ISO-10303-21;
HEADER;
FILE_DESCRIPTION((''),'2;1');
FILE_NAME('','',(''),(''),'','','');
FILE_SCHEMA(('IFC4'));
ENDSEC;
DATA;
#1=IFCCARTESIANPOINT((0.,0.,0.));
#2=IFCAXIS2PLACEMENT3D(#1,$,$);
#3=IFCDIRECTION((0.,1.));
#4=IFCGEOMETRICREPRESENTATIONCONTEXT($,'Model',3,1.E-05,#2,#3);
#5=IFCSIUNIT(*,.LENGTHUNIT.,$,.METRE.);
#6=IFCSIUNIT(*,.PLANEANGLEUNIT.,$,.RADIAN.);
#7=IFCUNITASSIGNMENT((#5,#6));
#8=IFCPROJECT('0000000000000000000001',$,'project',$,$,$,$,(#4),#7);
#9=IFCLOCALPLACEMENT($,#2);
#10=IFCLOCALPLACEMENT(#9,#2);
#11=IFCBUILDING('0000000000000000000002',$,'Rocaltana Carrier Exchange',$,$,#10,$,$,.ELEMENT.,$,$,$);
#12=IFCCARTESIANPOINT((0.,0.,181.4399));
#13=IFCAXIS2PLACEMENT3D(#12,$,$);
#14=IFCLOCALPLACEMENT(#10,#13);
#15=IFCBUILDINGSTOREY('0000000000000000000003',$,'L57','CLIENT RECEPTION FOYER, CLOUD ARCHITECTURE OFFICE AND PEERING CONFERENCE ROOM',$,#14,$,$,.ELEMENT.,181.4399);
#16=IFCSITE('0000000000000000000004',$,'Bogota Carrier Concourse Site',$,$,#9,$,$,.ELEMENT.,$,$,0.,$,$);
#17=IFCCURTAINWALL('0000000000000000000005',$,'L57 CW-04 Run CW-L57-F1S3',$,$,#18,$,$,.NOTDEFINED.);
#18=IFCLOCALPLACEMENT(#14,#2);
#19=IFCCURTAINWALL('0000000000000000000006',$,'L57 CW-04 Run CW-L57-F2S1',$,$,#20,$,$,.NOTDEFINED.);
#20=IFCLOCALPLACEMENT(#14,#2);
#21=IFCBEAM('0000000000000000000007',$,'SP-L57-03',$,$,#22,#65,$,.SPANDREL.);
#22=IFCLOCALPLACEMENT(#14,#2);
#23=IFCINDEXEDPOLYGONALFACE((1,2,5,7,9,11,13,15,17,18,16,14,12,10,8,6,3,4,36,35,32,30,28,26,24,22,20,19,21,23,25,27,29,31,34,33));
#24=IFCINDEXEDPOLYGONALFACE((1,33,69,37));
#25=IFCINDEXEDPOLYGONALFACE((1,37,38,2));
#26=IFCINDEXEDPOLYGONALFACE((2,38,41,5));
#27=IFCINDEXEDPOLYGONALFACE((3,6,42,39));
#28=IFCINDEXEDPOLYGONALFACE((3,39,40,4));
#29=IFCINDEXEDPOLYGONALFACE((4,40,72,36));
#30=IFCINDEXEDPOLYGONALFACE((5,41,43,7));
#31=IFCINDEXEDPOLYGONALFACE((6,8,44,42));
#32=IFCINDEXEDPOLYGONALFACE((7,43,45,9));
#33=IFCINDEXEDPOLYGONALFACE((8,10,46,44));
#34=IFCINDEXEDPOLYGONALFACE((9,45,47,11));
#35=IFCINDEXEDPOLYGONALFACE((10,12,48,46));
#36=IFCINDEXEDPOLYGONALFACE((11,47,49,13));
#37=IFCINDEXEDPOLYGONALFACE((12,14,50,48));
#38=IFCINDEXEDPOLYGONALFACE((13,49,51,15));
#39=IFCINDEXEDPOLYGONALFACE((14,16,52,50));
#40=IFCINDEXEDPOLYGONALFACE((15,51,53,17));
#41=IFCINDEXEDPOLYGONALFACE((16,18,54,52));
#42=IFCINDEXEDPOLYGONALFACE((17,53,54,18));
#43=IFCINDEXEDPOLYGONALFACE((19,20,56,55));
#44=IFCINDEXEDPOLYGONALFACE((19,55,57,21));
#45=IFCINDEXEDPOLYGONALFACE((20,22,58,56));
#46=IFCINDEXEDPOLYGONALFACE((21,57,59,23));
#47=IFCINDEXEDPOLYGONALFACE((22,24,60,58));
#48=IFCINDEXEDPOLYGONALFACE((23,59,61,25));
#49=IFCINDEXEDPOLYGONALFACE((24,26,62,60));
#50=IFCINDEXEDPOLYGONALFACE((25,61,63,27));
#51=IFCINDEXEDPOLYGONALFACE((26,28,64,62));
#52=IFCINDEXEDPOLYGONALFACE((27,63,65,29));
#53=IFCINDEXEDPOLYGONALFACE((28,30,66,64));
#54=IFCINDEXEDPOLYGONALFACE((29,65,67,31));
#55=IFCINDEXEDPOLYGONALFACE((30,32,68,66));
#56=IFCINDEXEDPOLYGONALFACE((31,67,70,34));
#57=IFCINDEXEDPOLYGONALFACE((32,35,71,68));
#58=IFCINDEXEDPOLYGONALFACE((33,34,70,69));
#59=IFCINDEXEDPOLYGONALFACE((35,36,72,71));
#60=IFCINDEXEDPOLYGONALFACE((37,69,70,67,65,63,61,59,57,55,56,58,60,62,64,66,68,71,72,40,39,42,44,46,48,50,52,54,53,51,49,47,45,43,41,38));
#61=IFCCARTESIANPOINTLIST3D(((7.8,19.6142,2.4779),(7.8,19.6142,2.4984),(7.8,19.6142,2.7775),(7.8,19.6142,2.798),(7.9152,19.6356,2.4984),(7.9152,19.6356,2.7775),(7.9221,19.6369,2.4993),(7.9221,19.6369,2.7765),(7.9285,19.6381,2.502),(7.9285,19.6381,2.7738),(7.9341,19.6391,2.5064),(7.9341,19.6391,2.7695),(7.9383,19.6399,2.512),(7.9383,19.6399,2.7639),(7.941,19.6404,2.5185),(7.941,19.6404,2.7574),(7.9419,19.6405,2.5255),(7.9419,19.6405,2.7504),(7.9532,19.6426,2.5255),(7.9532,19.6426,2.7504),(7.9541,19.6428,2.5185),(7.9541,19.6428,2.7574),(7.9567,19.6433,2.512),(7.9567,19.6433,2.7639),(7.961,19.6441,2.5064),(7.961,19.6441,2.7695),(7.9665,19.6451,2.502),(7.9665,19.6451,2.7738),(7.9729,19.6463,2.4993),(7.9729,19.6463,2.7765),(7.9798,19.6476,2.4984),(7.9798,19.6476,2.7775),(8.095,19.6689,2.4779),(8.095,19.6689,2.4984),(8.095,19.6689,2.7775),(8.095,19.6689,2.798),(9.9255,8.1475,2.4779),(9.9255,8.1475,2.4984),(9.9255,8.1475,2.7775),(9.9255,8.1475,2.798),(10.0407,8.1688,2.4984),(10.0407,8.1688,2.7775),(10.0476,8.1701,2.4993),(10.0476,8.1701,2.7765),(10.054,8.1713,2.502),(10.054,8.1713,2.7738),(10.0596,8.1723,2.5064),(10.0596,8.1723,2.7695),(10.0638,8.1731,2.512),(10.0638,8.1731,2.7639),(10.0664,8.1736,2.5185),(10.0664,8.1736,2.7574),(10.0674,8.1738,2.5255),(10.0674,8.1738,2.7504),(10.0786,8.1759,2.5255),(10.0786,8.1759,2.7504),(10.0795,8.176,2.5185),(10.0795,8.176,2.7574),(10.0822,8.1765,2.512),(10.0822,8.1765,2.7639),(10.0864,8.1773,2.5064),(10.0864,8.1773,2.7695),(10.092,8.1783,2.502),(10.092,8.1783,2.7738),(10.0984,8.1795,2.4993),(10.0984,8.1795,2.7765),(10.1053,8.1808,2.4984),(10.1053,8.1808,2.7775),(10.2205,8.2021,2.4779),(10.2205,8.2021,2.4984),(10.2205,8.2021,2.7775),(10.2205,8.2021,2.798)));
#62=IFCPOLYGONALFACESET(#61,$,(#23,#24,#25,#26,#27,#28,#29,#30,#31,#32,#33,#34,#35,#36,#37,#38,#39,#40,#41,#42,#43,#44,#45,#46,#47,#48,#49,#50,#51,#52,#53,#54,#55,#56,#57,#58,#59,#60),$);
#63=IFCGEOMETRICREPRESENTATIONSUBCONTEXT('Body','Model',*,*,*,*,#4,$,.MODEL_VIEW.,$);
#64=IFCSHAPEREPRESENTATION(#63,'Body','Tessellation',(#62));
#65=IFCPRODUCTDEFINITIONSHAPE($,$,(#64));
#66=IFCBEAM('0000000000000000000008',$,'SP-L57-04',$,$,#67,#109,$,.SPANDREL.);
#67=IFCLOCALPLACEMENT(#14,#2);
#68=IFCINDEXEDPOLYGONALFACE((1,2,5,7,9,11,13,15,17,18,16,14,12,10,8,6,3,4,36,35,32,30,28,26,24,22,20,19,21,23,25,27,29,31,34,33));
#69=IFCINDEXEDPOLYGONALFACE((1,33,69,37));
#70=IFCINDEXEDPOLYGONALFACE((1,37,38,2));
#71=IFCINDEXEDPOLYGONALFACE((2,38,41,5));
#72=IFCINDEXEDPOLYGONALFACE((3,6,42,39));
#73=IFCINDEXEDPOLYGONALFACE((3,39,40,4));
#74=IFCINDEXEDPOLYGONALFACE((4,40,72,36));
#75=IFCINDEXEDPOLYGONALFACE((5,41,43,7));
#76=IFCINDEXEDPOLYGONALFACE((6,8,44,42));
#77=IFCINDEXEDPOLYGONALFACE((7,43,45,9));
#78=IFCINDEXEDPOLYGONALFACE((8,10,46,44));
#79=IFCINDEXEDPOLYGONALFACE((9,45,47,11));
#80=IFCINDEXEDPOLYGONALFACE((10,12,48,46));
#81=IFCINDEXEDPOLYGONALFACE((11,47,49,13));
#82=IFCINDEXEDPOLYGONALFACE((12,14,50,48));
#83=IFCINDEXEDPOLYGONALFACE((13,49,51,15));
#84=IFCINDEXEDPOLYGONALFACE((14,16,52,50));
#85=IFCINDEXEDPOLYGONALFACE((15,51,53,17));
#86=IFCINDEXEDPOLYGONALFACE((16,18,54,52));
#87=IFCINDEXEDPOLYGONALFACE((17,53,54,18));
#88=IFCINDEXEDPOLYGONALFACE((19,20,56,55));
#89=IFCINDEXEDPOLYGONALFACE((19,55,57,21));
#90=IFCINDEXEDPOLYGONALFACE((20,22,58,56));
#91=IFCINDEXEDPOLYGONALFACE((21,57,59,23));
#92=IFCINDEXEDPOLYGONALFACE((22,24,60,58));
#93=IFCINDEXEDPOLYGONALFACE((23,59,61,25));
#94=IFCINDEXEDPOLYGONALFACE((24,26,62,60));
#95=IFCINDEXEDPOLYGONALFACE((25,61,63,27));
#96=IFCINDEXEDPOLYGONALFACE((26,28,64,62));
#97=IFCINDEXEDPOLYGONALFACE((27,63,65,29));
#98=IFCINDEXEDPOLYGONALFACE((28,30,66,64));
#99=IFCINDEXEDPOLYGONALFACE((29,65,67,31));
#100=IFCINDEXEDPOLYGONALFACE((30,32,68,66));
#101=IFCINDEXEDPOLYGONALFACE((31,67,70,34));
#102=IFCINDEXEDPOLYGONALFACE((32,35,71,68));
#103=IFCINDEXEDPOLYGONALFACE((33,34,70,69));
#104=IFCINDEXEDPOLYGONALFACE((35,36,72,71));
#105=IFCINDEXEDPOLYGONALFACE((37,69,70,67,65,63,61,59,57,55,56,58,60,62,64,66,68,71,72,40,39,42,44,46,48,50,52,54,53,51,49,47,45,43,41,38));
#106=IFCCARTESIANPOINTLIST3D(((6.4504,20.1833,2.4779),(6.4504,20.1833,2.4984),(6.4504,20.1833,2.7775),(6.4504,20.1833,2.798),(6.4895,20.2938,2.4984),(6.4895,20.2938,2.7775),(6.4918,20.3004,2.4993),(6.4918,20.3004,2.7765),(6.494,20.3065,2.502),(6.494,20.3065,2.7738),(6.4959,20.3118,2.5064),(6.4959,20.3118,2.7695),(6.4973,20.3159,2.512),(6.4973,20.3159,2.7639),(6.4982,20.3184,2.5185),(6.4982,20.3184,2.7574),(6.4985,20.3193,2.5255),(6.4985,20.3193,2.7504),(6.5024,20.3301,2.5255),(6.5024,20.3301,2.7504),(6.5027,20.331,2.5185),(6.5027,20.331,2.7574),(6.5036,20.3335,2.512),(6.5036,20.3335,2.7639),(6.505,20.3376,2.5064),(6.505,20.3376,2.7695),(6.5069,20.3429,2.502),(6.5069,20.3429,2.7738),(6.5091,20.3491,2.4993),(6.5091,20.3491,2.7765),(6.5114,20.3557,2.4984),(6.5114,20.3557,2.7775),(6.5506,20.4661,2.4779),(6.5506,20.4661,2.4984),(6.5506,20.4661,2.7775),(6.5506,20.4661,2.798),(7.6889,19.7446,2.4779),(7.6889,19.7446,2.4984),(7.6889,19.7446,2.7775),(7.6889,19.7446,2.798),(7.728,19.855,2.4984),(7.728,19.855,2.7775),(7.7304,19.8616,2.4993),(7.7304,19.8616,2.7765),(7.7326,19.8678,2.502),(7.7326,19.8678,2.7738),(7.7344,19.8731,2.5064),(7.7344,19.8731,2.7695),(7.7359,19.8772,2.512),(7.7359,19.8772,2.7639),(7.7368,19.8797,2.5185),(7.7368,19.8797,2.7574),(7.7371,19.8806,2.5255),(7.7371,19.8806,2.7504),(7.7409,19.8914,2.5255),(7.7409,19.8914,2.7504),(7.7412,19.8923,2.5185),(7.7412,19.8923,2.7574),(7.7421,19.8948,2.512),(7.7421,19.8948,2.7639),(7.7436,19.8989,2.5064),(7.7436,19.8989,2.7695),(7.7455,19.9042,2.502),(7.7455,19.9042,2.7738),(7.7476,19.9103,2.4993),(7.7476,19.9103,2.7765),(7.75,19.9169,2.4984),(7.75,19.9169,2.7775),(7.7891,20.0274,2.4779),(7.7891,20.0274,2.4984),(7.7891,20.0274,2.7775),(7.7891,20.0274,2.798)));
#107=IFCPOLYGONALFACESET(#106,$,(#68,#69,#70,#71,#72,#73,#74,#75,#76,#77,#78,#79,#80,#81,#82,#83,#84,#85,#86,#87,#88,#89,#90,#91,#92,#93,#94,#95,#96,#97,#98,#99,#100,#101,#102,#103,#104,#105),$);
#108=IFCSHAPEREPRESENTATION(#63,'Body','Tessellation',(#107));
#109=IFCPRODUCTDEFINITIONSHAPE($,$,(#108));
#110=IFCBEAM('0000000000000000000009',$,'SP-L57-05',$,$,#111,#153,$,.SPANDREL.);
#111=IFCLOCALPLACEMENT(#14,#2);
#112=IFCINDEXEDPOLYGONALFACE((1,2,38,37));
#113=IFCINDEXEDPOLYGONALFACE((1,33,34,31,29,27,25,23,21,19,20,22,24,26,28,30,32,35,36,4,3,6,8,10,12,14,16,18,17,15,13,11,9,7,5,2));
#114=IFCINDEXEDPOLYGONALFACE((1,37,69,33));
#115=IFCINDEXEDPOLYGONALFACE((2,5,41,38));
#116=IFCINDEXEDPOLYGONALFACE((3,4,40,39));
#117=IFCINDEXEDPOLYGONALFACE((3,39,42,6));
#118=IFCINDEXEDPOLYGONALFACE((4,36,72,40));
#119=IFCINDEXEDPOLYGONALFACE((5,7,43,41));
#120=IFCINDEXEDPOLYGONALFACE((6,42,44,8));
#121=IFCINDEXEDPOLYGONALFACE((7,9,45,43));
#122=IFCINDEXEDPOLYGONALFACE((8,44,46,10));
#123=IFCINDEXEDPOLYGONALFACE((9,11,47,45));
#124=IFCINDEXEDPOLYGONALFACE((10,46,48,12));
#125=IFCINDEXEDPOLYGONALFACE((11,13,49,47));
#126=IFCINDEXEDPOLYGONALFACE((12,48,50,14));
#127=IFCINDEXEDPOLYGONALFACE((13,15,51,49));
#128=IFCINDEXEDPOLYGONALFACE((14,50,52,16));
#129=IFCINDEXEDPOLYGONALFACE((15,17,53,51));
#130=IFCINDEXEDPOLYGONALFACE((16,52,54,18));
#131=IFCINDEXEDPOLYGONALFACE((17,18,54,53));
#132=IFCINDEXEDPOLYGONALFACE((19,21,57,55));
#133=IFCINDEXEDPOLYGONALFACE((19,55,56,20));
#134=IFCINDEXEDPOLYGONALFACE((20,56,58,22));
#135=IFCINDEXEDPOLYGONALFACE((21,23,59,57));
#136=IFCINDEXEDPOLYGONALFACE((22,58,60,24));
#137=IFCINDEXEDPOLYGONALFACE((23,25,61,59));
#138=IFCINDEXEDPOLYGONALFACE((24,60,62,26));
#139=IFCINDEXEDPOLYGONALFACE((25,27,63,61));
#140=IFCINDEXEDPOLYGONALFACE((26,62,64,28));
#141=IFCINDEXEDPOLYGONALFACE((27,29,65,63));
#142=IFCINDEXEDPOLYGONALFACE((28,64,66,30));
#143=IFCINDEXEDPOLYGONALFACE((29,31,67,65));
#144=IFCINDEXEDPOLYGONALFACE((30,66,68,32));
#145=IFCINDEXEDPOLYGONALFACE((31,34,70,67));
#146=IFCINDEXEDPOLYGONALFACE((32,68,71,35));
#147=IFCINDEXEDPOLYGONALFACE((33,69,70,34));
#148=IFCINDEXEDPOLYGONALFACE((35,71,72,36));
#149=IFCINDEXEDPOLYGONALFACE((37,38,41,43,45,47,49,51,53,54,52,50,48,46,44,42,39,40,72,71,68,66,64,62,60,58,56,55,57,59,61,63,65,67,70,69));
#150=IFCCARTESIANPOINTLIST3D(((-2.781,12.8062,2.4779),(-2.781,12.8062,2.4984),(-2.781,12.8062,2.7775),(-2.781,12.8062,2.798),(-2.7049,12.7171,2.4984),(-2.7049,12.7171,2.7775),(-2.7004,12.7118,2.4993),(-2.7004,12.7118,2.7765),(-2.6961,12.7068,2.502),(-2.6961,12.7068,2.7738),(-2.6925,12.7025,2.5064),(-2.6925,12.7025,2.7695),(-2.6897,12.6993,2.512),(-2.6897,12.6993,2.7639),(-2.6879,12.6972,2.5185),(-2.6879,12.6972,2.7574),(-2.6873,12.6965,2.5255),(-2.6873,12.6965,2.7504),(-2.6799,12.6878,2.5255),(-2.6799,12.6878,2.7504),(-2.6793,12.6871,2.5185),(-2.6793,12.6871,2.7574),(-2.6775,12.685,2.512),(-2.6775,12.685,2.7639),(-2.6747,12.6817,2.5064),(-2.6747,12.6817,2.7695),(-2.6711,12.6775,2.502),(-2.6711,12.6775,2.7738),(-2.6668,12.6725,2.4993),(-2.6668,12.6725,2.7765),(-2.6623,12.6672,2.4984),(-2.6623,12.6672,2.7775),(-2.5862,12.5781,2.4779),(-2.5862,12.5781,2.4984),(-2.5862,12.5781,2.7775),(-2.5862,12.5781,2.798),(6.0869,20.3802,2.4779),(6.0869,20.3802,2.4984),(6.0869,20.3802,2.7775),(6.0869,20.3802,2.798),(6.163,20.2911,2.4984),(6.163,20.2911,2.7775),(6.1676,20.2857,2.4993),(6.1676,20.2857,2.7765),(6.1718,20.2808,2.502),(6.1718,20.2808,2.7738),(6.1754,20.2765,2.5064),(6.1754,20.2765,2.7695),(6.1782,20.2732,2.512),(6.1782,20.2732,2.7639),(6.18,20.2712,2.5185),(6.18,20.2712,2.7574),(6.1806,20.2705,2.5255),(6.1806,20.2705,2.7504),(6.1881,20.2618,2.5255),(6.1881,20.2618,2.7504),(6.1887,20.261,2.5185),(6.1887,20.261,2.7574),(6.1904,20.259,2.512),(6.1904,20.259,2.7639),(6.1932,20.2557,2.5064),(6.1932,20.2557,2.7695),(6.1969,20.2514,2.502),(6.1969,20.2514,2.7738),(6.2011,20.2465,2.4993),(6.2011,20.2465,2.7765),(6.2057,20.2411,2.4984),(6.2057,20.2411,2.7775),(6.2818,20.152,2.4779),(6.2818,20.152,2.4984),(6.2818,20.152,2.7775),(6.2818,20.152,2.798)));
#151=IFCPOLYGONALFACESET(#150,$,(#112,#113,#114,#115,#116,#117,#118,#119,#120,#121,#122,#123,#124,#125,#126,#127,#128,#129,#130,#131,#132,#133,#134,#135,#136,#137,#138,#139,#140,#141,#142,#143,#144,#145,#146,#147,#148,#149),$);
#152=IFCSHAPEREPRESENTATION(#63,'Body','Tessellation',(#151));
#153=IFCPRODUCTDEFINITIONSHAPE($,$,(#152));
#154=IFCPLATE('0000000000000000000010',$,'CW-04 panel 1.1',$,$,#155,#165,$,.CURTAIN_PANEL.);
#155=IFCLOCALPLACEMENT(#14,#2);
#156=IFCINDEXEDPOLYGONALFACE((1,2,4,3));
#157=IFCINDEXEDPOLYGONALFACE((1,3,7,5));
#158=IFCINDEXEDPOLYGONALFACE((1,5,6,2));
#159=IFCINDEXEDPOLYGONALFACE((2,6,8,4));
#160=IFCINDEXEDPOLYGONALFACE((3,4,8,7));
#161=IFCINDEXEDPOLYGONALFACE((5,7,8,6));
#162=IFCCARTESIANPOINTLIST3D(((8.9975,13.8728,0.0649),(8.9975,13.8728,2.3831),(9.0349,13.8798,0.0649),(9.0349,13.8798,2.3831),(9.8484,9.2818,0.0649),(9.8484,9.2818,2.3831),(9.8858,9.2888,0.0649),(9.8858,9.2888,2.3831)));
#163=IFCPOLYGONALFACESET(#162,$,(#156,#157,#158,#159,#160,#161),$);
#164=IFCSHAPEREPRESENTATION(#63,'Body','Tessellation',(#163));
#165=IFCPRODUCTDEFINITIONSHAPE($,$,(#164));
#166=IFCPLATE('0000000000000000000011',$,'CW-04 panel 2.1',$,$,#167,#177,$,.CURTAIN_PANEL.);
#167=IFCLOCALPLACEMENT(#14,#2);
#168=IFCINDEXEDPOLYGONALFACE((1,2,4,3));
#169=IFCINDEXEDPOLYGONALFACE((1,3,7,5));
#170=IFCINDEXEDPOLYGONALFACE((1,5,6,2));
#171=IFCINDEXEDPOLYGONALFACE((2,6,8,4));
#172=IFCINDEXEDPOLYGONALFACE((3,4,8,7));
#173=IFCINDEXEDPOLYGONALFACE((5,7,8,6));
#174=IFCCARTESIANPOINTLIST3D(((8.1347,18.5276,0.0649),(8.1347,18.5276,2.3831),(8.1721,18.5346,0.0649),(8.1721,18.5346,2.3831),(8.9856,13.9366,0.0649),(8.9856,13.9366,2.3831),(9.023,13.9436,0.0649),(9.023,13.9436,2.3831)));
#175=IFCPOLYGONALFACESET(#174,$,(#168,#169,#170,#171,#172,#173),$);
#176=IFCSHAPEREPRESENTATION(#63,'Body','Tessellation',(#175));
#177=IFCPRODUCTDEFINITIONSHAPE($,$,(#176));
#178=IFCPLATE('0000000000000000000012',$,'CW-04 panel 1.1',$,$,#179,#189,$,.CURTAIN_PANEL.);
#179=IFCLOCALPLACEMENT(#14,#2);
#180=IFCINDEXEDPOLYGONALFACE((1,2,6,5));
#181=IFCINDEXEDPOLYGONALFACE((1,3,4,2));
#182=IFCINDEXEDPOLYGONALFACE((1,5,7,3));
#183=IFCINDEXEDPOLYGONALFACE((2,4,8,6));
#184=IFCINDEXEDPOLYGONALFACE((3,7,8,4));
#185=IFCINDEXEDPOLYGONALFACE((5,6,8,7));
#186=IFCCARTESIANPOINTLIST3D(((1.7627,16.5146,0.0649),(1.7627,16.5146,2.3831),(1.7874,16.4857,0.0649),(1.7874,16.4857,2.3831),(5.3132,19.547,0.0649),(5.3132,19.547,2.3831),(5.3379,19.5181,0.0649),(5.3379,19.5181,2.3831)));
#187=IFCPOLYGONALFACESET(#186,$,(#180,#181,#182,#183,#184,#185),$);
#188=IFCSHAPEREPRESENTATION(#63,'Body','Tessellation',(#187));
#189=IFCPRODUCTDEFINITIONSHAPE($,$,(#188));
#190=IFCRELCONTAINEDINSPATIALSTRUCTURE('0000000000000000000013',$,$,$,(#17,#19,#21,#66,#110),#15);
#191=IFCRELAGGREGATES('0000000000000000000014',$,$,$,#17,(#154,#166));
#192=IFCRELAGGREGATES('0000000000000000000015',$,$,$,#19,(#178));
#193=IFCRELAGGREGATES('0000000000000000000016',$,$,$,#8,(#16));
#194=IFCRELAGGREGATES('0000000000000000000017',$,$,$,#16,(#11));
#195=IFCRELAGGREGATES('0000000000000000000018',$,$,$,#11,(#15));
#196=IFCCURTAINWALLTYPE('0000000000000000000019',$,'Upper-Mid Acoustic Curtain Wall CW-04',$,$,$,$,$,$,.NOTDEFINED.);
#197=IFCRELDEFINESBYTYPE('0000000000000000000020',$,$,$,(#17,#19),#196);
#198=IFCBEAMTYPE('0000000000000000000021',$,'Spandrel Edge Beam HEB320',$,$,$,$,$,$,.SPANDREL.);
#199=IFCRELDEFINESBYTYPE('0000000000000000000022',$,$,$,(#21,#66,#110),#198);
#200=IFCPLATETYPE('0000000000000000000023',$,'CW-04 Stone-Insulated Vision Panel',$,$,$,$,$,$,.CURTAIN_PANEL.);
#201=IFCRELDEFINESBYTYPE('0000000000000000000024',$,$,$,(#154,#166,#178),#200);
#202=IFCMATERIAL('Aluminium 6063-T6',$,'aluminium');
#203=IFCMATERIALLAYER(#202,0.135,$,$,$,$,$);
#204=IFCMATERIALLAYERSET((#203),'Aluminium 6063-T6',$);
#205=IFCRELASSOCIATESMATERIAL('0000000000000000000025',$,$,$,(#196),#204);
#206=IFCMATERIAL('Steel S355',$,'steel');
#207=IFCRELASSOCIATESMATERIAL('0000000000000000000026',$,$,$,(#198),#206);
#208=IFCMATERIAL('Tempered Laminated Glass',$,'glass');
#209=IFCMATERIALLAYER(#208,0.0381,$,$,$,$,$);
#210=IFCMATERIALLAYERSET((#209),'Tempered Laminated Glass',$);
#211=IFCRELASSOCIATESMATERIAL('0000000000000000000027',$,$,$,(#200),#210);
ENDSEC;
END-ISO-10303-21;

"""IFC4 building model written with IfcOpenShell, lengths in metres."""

from ifc_helpers import new_model, si_unit, direction, frame, origin, origin_2d, place, context, subcontext, project, spatial, rectangle, i_section, extrude, material, layer, layer_set, material_profile, profile_set, type_object, element, aggregate, save


model = new_model("IFC4")

# Units and contexts
model_context = context("Model", 3, precision=1e-05, world=origin(), true_north=direction((0.0, 1.0)))
body_context = subcontext(model_context, "Body", "Model", "MODEL_VIEW")
ifc_project = project(units=[si_unit("LENGTHUNIT", "METRE"), si_unit("PLANEANGLEUNIT", "RADIAN")], contexts=[model_context])

# Site, building, storey
site_placement = place(None, origin())
site = spatial("IfcSite", under=ifc_project, at=site_placement, Name="Bogota Carrier Concourse Site", CompositionType="ELEMENT", RefElevation=0.0)
building_placement = place(site_placement, origin())
building = spatial("IfcBuilding", under=site, at=building_placement, Name="Rocaltana Carrier Exchange", CompositionType="ELEMENT")
storey_placement = place(building_placement, frame((0.0, 0.0, 181.4399)))
storey = spatial("IfcBuildingStorey", under=building, at=storey_placement, Name="L57", Description="CLIENT RECEPTION FOYER, CLOUD ARCHITECTURE OFFICE AND PEERING CONFERENCE ROOM", CompositionType="ELEMENT", Elevation=181.4399)

# Curtain walls
ifc_material_1 = material(Name="Aluminium 6063-T6", Category="aluminium")
ifc_layer_1 = layer(ifc_material_1, 0.135)
ifc_layer_set_1 = layer_set([ifc_layer_1], Name="Aluminium 6063-T6")
curtain_wall_type = type_object("IfcCurtainWallType", Name="Upper-Mid Acoustic Curtain Wall CW-04", PredefinedType="NOTDEFINED", material=ifc_layer_set_1)
curtain_wall_1_placement = place(storey_placement, origin())
curtain_wall_1 = element("IfcCurtainWall", 1, at=curtain_wall_1_placement, inside=storey, type_object=curtain_wall_type, Name="L57 CW-04 Run CW-L57-F1S3", PredefinedType="NOTDEFINED")
curtain_wall_2_placement = place(storey_placement, origin())
curtain_wall_2 = element("IfcCurtainWall", 2, at=curtain_wall_2_placement, inside=storey, type_object=curtain_wall_type, Name="L57 CW-04 Run CW-L57-F2S1", PredefinedType="NOTDEFINED")

# Beams
ifc_material_2 = material(Name="Steel S355", Category="steel")
ifc_material_profile_1 = material_profile(ifc_material_2, i_section(OverallWidth=0.3, OverallDepth=0.3201, WebThickness=0.0115, FlangeThickness=0.0205, FilletRadius=0.0271, at=origin_2d()), Name="HEB320")
ifc_profile_set_1 = profile_set([ifc_material_profile_1], Name="Steel S355")
beam_type_1 = type_object("IfcBeamType", Name="Spandrel Edge Beam HEB320", PredefinedType="SPANDREL", material=ifc_profile_set_1)
beam_1_placement = place(storey_placement, frame((10.073, 8.1748, 2.6379), z_axis=(-0.182256, 0.983251, 0.0), x_axis=(-0.983251, -0.182256, 0.0)))
element("IfcBeam", 3, at=beam_1_placement, inside=storey, type_object=beam_type_1, Name="SP-L57-03", PredefinedType="SPANDREL", context=body_context, shape_type="SweptSolid", body=[
    extrude(i_section(OverallWidth=0.3, OverallDepth=0.3201, WebThickness=0.0115, FlangeThickness=0.0205, FilletRadius=0.0271, at=origin_2d()), origin(), (0.0, 0.0, 1.0), 11.6621),
])
beam_2_placement = place(storey_placement, frame((7.739, 19.886, 2.6379), z_axis=(-0.942609, 0.333899, 0.0), x_axis=(-0.333899, -0.942609, 0.0)))
element("IfcBeam", 4, at=beam_2_placement, inside=storey, type_object=beam_type_1, Name="SP-L57-04", PredefinedType="SPANDREL", context=body_context, shape_type="SweptSolid", body=[
    extrude(i_section(OverallWidth=0.3, OverallDepth=0.3201, WebThickness=0.0115, FlangeThickness=0.0205, FilletRadius=0.0271, at=origin_2d()), origin(), (0.0, 0.0, 1.0), 1.314),
])
beam_3_placement = place(storey_placement, frame((6.1843, 20.2661, 2.6379), z_axis=(-0.760404, -0.649451, 0.0), x_axis=(0.649451, -0.760404, 0.0)))
element("IfcBeam", 5, at=beam_3_placement, inside=storey, type_object=beam_type_1, Name="SP-L57-05", PredefinedType="SPANDREL", context=body_context, shape_type="SweptSolid", body=[
    extrude(i_section(OverallWidth=0.3, OverallDepth=0.3201, WebThickness=0.0115, FlangeThickness=0.0205, FilletRadius=0.0271, at=origin_2d()), origin(), (0.0, 0.0, 1.0), 11.6621),
])

# Plates
ifc_material_3 = material(Name="Tempered Laminated Glass", Category="glass")
ifc_layer_2 = layer(ifc_material_3, 0.0381)
ifc_layer_set_2 = layer_set([ifc_layer_2], Name="Tempered Laminated Glass")
plate_type = type_object("IfcPlateType", Name="CW-04 Stone-Insulated Vision Panel", PredefinedType="CURTAIN_PANEL", material=ifc_layer_set_2)
plate_1_placement = place(storey_placement, frame((9.4417, 11.5808, 0.0649), z_axis=(0.0, 0.0, 1.0), x_axis=(-0.182236, 0.983255, 0.0)))
plate_1 = element("IfcPlate", 6, at=plate_1_placement, type_object=plate_type, Name="CW-04 panel 1.1", PredefinedType="CURTAIN_PANEL", context=body_context, shape_type="SweptSolid", body=[
    extrude(rectangle(XDim=4.6692, YDim=0.0381, at=origin_2d()), origin(), (0.0, 0.0, 1.0), 2.3181),
])
plate_2_placement = place(storey_placement, frame((8.5789, 16.2356, 0.0649), z_axis=(0.0, 0.0, 1.0), x_axis=(-0.182236, 0.983255, 0.0)))
plate_2 = element("IfcPlate", 7, at=plate_2_placement, type_object=plate_type, Name="CW-04 panel 2.1", PredefinedType="CURTAIN_PANEL", context=body_context, shape_type="SweptSolid", body=[
    extrude(rectangle(XDim=4.6692, YDim=0.0381, at=origin_2d()), origin(), (0.0, 0.0, 1.0), 2.3181),
])
aggregate(curtain_wall_1, [plate_1, plate_2])
plate_3_placement = place(storey_placement, frame((3.5503, 18.0164, 0.0649), z_axis=(0.0, 0.0, 1.0), x_axis=(-0.760406, -0.649448, 0.0)))
plate_3 = element("IfcPlate", 8, at=plate_3_placement, type_object=plate_type, Name="CW-04 panel 1.1", PredefinedType="CURTAIN_PANEL", context=body_context, shape_type="SweptSolid", body=[
    extrude(rectangle(XDim=4.6692, YDim=0.0381, at=origin_2d()), origin(), (0.0, 0.0, 1.0), 2.3181),
])
aggregate(curtain_wall_2, [plate_3])

save(model, "model.ifc")
